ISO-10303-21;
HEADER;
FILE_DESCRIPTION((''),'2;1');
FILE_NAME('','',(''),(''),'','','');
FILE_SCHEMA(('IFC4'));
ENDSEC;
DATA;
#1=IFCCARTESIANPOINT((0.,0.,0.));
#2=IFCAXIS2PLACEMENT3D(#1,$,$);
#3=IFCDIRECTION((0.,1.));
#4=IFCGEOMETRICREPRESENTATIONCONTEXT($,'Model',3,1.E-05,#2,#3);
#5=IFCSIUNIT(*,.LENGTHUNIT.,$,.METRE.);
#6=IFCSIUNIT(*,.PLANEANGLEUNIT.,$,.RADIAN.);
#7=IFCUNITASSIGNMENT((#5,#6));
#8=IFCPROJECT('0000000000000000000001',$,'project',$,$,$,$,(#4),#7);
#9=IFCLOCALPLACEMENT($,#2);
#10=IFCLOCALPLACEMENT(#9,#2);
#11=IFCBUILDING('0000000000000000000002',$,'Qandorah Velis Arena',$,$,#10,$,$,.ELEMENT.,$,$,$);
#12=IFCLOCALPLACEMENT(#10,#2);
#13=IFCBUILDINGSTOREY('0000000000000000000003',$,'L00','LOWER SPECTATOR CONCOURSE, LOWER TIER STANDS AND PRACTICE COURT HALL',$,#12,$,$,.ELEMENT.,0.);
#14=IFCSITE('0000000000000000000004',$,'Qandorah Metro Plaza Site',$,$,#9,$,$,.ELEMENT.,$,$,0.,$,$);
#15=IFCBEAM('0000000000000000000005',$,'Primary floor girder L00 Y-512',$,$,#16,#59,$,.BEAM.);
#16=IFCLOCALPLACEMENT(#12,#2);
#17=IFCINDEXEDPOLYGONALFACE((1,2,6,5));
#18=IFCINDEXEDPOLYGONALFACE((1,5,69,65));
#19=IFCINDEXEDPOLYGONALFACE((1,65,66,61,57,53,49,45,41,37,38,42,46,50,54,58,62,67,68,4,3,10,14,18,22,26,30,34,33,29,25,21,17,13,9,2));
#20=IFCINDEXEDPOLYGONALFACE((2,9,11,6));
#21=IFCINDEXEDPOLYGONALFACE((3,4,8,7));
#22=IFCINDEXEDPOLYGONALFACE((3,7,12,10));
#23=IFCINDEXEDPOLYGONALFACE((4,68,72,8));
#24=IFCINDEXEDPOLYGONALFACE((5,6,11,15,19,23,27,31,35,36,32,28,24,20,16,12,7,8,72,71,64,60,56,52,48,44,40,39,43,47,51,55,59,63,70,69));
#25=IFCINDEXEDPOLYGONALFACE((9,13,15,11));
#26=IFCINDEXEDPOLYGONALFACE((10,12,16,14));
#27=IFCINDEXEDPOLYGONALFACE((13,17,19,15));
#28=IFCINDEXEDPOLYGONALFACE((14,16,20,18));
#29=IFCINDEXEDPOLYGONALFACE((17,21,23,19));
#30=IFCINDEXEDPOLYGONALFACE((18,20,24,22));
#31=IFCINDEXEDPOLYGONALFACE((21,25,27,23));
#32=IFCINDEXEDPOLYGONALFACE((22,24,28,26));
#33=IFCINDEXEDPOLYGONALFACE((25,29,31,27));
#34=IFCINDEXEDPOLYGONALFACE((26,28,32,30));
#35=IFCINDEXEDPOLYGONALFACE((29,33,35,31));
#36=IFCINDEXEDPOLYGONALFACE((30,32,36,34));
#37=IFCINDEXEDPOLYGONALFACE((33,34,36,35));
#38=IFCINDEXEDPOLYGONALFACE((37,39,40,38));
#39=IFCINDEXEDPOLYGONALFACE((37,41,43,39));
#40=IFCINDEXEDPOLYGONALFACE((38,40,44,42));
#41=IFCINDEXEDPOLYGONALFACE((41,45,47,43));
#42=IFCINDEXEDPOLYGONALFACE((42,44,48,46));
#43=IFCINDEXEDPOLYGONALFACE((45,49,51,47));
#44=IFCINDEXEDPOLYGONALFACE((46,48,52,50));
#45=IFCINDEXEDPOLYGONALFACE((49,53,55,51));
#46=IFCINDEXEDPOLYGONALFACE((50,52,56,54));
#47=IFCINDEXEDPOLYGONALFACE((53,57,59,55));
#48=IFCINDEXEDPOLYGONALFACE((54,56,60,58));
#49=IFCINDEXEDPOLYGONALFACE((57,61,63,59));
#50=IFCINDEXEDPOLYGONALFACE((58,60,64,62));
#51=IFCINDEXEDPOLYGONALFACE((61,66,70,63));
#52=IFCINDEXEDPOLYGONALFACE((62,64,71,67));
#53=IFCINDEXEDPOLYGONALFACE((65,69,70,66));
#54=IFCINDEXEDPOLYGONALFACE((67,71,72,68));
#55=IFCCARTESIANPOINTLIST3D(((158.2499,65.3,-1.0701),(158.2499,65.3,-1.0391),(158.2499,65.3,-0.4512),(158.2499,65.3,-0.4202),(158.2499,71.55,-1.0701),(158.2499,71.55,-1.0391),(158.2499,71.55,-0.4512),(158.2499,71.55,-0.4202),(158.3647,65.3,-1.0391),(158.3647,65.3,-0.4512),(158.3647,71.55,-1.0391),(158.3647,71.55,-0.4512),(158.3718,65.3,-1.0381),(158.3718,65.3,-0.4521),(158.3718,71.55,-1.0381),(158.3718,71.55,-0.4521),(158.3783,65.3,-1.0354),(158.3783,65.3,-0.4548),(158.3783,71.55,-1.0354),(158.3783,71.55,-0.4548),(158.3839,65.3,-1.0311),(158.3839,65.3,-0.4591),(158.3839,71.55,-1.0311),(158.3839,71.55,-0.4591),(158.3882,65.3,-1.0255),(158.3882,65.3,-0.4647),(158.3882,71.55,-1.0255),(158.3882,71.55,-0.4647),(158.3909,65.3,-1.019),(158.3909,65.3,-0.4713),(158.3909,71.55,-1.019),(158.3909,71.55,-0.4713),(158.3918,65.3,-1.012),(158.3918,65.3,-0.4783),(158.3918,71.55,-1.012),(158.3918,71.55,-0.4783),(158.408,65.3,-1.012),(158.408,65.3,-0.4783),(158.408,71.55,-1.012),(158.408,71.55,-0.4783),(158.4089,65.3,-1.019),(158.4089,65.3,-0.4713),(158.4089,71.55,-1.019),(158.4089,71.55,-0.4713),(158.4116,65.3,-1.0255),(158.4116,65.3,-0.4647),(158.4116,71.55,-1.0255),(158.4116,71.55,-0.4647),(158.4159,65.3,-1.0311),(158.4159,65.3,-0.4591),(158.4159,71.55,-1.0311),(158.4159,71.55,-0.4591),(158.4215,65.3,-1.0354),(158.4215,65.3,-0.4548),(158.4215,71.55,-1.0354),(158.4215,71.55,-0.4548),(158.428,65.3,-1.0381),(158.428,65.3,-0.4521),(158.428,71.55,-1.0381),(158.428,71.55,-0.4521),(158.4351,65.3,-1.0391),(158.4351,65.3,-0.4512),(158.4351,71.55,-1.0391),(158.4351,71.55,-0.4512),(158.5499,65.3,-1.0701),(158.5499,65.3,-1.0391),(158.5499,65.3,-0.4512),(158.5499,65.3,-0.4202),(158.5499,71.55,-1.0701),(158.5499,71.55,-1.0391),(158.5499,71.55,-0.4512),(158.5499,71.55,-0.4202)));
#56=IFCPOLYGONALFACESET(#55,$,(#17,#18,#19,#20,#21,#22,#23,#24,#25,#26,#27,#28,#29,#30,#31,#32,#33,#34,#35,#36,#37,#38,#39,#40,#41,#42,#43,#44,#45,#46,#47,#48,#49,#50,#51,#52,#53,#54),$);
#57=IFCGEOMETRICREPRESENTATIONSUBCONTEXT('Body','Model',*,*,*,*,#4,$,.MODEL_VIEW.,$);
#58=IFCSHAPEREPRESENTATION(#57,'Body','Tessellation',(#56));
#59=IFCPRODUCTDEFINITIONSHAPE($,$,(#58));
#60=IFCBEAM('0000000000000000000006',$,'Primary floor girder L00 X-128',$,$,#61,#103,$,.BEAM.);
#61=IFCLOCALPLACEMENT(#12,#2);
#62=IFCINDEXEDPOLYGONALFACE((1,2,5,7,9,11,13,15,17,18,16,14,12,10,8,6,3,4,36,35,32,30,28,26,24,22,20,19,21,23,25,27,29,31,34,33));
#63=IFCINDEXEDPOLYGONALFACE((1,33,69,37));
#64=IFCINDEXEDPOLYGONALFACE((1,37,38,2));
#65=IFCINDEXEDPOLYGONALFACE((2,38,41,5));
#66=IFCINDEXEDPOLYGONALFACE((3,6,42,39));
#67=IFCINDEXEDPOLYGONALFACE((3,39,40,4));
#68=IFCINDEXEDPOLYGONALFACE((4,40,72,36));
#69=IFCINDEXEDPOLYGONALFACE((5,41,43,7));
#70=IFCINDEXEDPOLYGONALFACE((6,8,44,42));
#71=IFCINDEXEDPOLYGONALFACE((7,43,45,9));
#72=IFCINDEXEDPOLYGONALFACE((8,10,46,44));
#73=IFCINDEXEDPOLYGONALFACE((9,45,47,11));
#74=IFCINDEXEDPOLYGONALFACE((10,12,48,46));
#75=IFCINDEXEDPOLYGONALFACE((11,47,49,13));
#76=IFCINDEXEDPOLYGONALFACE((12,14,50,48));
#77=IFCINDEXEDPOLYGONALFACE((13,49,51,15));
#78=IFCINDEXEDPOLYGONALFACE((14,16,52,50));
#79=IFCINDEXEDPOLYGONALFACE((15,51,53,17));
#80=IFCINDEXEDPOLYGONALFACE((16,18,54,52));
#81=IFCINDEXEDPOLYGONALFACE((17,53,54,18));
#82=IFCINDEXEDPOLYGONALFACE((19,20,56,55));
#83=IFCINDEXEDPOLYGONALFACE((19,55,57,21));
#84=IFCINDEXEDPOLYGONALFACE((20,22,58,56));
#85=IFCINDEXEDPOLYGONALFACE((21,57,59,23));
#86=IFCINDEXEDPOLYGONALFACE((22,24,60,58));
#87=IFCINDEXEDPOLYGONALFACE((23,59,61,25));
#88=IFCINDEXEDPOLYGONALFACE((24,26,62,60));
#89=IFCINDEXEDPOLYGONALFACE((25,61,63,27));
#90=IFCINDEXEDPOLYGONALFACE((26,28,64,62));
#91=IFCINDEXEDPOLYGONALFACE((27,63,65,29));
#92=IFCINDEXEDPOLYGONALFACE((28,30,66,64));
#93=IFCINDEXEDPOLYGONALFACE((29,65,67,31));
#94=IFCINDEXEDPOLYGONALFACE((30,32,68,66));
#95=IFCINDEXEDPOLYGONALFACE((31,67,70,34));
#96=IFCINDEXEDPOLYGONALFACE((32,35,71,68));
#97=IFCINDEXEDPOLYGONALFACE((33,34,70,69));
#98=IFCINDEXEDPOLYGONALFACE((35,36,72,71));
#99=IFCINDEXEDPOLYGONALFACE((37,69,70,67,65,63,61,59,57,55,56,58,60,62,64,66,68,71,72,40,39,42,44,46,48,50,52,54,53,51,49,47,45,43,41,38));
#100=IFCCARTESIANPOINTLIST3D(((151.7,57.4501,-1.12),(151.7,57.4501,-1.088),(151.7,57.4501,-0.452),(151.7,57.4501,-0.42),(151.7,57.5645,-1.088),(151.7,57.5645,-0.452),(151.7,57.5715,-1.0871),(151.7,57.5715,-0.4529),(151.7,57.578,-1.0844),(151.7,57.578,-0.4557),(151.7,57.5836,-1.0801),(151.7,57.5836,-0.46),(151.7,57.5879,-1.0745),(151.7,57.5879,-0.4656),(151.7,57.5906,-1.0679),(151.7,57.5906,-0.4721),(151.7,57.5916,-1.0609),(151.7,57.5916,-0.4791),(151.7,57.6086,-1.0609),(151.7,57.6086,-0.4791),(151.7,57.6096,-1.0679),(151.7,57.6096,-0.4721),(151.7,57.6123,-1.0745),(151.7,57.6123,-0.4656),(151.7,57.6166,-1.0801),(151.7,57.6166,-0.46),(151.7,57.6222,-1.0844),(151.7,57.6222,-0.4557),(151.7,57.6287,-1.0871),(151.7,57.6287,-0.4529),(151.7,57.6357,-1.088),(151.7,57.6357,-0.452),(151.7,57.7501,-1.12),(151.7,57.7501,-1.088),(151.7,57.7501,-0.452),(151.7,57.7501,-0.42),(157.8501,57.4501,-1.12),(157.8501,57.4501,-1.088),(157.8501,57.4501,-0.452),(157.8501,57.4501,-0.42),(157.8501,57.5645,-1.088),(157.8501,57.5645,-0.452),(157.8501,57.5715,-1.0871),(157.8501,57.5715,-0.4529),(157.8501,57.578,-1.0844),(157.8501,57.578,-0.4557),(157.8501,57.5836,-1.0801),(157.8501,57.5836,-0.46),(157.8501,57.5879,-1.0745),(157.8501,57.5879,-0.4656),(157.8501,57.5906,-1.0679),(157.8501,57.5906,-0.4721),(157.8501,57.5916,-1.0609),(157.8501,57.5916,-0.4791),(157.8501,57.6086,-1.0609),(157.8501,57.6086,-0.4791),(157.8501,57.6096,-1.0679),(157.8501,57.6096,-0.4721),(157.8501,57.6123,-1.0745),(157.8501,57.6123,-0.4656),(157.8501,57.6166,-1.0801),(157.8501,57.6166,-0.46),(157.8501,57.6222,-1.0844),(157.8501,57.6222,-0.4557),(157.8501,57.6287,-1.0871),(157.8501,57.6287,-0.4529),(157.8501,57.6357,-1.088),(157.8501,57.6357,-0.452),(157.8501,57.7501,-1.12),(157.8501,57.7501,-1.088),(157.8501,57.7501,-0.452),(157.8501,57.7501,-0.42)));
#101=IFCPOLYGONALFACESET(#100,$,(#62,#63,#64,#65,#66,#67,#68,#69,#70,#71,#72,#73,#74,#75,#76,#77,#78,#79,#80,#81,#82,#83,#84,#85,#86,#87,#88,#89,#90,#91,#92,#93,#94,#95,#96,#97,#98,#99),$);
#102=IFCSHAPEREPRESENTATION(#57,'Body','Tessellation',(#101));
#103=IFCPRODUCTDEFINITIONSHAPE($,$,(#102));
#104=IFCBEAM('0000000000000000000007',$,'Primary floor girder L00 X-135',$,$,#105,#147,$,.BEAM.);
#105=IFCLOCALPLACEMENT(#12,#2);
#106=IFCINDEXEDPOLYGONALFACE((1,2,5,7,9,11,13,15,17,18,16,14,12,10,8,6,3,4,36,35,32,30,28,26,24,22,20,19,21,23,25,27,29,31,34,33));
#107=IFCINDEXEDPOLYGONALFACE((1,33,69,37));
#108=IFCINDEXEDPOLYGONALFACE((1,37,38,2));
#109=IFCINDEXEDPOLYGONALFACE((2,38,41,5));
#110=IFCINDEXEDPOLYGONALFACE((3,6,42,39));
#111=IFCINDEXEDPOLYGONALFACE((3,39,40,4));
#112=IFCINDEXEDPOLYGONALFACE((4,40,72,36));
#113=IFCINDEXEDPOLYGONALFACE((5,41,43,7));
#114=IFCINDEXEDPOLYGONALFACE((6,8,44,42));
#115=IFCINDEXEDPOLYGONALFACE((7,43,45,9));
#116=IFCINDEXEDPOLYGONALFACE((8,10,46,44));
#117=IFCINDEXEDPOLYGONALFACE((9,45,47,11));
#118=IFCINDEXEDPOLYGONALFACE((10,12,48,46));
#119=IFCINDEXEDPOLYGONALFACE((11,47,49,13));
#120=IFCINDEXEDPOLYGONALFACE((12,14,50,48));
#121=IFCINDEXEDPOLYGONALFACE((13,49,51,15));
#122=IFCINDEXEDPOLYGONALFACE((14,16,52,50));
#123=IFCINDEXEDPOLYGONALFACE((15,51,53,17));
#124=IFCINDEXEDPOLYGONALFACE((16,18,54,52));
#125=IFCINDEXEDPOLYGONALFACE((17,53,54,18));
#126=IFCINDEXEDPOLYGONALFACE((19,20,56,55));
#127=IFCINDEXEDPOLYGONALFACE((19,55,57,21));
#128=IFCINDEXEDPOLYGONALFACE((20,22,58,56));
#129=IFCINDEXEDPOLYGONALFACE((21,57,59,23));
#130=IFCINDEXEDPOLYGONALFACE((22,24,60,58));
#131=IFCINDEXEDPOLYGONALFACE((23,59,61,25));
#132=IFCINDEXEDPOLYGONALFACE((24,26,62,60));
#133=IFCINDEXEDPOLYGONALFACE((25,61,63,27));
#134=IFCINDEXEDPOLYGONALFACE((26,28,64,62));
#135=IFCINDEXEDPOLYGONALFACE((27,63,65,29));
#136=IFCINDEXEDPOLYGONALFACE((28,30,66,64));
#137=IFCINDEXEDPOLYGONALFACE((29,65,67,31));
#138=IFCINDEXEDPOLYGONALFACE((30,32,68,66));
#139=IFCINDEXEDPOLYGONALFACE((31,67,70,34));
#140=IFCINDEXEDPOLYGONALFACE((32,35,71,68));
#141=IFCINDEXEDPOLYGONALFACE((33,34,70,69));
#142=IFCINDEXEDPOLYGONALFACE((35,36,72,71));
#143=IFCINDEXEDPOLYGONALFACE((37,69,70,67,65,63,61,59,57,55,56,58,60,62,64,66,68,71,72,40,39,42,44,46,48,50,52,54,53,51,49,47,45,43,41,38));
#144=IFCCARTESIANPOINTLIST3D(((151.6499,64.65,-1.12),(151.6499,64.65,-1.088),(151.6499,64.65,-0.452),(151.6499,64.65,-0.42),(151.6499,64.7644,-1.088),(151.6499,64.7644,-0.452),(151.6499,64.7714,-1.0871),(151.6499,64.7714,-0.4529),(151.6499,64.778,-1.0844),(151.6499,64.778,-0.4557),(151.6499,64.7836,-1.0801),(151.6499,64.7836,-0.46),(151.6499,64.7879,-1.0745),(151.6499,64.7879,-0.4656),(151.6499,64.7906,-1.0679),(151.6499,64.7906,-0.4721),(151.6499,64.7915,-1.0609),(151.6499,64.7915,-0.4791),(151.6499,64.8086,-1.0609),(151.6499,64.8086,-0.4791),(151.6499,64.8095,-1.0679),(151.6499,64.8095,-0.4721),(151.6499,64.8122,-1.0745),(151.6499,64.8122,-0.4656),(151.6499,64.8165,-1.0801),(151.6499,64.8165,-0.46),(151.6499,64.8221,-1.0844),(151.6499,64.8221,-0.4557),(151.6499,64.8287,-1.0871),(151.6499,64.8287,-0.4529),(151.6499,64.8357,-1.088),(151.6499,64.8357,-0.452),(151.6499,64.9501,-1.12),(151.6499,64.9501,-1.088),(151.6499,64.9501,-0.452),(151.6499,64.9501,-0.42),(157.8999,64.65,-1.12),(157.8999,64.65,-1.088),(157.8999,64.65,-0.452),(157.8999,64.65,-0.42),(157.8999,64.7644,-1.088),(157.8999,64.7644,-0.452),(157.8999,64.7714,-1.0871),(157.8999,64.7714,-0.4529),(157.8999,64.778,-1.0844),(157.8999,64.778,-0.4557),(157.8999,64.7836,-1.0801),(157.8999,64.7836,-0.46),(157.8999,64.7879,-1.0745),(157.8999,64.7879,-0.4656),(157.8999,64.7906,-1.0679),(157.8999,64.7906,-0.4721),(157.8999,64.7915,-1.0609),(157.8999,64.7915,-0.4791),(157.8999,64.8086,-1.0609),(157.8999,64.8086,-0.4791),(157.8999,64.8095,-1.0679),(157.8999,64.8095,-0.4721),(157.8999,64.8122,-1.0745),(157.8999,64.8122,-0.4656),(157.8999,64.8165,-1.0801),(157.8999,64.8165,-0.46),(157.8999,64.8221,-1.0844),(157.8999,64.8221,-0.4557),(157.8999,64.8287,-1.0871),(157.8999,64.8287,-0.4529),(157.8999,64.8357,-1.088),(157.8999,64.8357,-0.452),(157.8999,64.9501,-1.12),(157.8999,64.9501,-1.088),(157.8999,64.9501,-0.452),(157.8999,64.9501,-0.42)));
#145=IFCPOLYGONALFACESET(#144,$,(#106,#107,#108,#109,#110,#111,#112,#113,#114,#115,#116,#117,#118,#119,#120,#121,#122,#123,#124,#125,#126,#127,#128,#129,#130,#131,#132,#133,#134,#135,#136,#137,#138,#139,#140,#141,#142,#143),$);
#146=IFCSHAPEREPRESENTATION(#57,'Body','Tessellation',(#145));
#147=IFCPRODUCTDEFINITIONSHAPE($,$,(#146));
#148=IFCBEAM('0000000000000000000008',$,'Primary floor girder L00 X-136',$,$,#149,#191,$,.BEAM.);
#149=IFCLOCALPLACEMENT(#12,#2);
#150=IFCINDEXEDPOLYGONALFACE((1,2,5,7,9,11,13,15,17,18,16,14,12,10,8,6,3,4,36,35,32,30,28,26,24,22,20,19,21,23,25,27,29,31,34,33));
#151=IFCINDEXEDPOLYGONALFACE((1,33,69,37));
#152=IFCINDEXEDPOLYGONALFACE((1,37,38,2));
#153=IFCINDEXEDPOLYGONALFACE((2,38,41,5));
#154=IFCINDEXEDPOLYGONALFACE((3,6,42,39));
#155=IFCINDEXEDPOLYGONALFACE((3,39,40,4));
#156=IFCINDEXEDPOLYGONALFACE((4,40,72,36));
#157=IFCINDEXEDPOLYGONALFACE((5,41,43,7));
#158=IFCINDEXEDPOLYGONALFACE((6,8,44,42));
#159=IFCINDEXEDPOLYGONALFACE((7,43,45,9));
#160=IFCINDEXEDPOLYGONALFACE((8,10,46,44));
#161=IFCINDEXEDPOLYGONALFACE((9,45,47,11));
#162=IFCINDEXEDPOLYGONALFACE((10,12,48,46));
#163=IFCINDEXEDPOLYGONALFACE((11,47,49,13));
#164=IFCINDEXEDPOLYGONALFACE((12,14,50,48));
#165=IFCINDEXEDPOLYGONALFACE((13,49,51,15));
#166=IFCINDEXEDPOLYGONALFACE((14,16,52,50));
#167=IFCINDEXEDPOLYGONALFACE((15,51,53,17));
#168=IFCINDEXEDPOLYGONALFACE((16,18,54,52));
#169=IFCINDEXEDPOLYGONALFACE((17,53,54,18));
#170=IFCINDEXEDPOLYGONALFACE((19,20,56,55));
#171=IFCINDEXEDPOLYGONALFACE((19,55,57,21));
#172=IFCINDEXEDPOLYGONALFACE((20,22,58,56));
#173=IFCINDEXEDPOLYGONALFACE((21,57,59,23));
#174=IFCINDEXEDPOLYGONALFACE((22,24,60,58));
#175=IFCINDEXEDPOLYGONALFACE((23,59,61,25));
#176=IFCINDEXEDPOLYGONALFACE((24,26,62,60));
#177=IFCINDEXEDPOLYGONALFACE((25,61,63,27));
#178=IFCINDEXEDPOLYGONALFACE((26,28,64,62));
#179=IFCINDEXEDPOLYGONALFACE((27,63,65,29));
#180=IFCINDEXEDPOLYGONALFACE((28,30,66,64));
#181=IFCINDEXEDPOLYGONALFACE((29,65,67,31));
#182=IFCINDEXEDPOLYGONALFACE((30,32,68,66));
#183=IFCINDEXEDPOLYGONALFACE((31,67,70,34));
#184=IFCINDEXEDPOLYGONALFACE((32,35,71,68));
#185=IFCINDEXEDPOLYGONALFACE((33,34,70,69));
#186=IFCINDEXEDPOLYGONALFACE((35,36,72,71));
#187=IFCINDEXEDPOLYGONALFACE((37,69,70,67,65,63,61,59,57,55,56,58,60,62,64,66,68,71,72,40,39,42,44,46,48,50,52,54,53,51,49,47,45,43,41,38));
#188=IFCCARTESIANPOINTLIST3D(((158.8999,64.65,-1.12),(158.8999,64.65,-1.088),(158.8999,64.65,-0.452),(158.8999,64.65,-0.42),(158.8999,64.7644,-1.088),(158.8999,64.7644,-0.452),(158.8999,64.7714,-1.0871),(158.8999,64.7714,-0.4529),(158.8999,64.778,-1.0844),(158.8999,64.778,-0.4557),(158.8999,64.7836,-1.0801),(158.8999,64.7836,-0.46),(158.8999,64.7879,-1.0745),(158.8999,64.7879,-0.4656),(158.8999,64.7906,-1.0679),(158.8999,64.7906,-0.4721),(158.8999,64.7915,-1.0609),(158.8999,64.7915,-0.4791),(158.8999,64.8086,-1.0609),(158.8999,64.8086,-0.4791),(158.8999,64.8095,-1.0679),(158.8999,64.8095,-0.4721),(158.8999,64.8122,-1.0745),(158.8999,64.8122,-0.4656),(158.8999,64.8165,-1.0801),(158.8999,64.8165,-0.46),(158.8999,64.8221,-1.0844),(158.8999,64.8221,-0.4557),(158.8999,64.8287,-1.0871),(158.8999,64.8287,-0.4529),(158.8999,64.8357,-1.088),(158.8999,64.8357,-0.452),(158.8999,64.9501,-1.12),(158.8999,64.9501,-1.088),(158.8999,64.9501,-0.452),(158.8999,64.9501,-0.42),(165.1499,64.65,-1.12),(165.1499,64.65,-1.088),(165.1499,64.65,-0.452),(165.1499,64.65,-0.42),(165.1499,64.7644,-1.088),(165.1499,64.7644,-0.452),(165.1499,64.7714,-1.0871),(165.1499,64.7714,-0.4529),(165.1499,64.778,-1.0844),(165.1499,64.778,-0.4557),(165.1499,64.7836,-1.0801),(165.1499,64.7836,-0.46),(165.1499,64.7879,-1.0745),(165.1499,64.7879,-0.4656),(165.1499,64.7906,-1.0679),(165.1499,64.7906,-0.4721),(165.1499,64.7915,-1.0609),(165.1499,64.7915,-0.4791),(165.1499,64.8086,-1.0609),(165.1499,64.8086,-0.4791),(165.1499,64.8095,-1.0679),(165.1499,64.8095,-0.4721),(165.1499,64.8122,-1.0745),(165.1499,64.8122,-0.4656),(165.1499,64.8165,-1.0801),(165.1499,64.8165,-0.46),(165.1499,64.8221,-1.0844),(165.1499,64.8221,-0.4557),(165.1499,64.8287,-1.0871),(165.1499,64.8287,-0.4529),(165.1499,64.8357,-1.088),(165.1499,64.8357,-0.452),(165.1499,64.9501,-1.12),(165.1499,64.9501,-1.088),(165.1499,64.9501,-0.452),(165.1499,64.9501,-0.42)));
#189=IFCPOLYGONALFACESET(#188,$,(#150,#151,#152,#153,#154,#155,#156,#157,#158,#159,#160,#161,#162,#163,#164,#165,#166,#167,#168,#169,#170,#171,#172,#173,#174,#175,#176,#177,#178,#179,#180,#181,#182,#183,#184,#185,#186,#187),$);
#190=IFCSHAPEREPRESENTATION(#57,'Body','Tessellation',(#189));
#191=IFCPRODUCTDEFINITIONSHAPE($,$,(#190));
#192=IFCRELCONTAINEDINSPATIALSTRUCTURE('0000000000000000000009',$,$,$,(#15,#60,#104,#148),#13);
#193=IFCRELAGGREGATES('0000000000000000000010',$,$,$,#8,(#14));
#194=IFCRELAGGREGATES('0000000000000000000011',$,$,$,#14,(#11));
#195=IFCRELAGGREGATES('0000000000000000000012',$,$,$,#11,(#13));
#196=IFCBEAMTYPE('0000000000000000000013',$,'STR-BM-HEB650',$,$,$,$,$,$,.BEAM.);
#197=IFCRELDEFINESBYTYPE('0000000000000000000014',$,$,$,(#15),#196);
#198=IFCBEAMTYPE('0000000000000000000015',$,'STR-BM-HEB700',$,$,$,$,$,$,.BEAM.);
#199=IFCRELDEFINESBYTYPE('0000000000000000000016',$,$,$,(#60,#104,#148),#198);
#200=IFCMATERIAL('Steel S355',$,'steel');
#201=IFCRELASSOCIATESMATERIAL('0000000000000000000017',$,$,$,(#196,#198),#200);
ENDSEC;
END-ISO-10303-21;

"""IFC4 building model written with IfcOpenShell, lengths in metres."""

from ifc_helpers import new_model, si_unit, direction, frame, origin, origin_2d, place, context, subcontext, project, spatial, i_section, extrude, material, material_profile, profile_set, type_object, element, save


model = new_model("IFC4")

# Units and contexts
model_context = context("Model", 3, precision=1e-05, world=origin(), true_north=direction((0.0, 1.0)))
body_context = subcontext(model_context, "Body", "Model", "MODEL_VIEW")
ifc_project = project(units=[si_unit("LENGTHUNIT", "METRE"), si_unit("PLANEANGLEUNIT", "RADIAN")], contexts=[model_context])

# Site, building, storey
site_placement = place(None, origin())
site = spatial("IfcSite", under=ifc_project, at=site_placement, Name="Qandorah Metro Plaza Site", CompositionType="ELEMENT", RefElevation=0.0)
building_placement = place(site_placement, origin())
building = spatial("IfcBuilding", under=site, at=building_placement, Name="Qandorah Velis Arena", CompositionType="ELEMENT")
storey_placement = place(building_placement, origin())
storey = spatial("IfcBuildingStorey", under=building, at=storey_placement, Name="L00", Description="LOWER SPECTATOR CONCOURSE, LOWER TIER STANDS AND PRACTICE COURT HALL", CompositionType="ELEMENT", Elevation=0.0)

# Beams
ifc_material_1 = material(Name="Steel S355", Category="steel")
ifc_material_profile_1 = material_profile(ifc_material_1, i_section(OverallWidth=0.3, OverallDepth=0.6499, WebThickness=0.0161, FlangeThickness=0.031, FilletRadius=0.0271, at=origin_2d()), Name="HEB 650")
ifc_profile_set_1 = profile_set([ifc_material_profile_1], Name="Steel S355")
beam_type_1 = type_object("IfcBeamType", Name="STR-BM-HEB650", PredefinedType="BEAM", material=ifc_profile_set_1)
beam_1_placement = place(storey_placement, frame((158.3999, 65.3, -0.7451), z_axis=(0.0, 1.0, 0.0), x_axis=(-1.0, 0.0, 0.0)))
element("IfcBeam", 1, at=beam_1_placement, inside=storey, type_object=beam_type_1, Name="Primary floor girder L00 Y-512", PredefinedType="BEAM", context=body_context, shape_type="SweptSolid", body=[
    extrude(i_section(OverallWidth=0.3, OverallDepth=0.6499, WebThickness=0.0161, FlangeThickness=0.031, FilletRadius=0.0271, at=origin_2d()), origin(), (0.0, 0.0, 1.0), 6.25),
])
ifc_material_profile_2 = material_profile(ifc_material_1, i_section(OverallWidth=0.3, OverallDepth=0.7, WebThickness=0.0171, FlangeThickness=0.032, FilletRadius=0.0271, at=origin_2d()), Name="HEB 700")
ifc_profile_set_2 = profile_set([ifc_material_profile_2], Name="Steel S355")
beam_type_2 = type_object("IfcBeamType", Name="STR-BM-HEB700", PredefinedType="BEAM", material=ifc_profile_set_2)
beam_2_placement = place(storey_placement, frame((151.7, 57.6001, -0.77), z_axis=(1.0, 0.0, 0.0), x_axis=(0.0, 1.0, 0.0)))
element("IfcBeam", 2, at=beam_2_placement, inside=storey, type_object=beam_type_2, Name="Primary floor girder L00 X-128", PredefinedType="BEAM", context=body_context, shape_type="SweptSolid", body=[
    extrude(i_section(OverallWidth=0.3, OverallDepth=0.7, WebThickness=0.0171, FlangeThickness=0.032, FilletRadius=0.0271, at=origin_2d()), origin(), (0.0, 0.0, 1.0), 6.1501),
])
for number, where, z_axis, x_axis, name in (
    (3, (151.6499, 64.8, -0.77), (1.0, 0.0, 0.0), (0.0, 1.0, 0.0), "Primary floor girder L00 X-135"),
    (4, (158.8999, 64.8, -0.77), (1.0, 0.0, 0.0), (0.0, 1.0, 0.0), "Primary floor girder L00 X-136"),
):
    element("IfcBeam", number, at=place(storey_placement, frame(where, z_axis=z_axis, x_axis=x_axis)), inside=storey, type_object=beam_type_2, Name=name, PredefinedType="BEAM", context=body_context, shape_type="SweptSolid", body=[
        extrude(i_section(OverallWidth=0.3, OverallDepth=0.7, WebThickness=0.0171, FlangeThickness=0.032, FilletRadius=0.0271, at=origin_2d()), origin(), (0.0, 0.0, 1.0), 6.25),
    ])

save(model, "model.ifc")
